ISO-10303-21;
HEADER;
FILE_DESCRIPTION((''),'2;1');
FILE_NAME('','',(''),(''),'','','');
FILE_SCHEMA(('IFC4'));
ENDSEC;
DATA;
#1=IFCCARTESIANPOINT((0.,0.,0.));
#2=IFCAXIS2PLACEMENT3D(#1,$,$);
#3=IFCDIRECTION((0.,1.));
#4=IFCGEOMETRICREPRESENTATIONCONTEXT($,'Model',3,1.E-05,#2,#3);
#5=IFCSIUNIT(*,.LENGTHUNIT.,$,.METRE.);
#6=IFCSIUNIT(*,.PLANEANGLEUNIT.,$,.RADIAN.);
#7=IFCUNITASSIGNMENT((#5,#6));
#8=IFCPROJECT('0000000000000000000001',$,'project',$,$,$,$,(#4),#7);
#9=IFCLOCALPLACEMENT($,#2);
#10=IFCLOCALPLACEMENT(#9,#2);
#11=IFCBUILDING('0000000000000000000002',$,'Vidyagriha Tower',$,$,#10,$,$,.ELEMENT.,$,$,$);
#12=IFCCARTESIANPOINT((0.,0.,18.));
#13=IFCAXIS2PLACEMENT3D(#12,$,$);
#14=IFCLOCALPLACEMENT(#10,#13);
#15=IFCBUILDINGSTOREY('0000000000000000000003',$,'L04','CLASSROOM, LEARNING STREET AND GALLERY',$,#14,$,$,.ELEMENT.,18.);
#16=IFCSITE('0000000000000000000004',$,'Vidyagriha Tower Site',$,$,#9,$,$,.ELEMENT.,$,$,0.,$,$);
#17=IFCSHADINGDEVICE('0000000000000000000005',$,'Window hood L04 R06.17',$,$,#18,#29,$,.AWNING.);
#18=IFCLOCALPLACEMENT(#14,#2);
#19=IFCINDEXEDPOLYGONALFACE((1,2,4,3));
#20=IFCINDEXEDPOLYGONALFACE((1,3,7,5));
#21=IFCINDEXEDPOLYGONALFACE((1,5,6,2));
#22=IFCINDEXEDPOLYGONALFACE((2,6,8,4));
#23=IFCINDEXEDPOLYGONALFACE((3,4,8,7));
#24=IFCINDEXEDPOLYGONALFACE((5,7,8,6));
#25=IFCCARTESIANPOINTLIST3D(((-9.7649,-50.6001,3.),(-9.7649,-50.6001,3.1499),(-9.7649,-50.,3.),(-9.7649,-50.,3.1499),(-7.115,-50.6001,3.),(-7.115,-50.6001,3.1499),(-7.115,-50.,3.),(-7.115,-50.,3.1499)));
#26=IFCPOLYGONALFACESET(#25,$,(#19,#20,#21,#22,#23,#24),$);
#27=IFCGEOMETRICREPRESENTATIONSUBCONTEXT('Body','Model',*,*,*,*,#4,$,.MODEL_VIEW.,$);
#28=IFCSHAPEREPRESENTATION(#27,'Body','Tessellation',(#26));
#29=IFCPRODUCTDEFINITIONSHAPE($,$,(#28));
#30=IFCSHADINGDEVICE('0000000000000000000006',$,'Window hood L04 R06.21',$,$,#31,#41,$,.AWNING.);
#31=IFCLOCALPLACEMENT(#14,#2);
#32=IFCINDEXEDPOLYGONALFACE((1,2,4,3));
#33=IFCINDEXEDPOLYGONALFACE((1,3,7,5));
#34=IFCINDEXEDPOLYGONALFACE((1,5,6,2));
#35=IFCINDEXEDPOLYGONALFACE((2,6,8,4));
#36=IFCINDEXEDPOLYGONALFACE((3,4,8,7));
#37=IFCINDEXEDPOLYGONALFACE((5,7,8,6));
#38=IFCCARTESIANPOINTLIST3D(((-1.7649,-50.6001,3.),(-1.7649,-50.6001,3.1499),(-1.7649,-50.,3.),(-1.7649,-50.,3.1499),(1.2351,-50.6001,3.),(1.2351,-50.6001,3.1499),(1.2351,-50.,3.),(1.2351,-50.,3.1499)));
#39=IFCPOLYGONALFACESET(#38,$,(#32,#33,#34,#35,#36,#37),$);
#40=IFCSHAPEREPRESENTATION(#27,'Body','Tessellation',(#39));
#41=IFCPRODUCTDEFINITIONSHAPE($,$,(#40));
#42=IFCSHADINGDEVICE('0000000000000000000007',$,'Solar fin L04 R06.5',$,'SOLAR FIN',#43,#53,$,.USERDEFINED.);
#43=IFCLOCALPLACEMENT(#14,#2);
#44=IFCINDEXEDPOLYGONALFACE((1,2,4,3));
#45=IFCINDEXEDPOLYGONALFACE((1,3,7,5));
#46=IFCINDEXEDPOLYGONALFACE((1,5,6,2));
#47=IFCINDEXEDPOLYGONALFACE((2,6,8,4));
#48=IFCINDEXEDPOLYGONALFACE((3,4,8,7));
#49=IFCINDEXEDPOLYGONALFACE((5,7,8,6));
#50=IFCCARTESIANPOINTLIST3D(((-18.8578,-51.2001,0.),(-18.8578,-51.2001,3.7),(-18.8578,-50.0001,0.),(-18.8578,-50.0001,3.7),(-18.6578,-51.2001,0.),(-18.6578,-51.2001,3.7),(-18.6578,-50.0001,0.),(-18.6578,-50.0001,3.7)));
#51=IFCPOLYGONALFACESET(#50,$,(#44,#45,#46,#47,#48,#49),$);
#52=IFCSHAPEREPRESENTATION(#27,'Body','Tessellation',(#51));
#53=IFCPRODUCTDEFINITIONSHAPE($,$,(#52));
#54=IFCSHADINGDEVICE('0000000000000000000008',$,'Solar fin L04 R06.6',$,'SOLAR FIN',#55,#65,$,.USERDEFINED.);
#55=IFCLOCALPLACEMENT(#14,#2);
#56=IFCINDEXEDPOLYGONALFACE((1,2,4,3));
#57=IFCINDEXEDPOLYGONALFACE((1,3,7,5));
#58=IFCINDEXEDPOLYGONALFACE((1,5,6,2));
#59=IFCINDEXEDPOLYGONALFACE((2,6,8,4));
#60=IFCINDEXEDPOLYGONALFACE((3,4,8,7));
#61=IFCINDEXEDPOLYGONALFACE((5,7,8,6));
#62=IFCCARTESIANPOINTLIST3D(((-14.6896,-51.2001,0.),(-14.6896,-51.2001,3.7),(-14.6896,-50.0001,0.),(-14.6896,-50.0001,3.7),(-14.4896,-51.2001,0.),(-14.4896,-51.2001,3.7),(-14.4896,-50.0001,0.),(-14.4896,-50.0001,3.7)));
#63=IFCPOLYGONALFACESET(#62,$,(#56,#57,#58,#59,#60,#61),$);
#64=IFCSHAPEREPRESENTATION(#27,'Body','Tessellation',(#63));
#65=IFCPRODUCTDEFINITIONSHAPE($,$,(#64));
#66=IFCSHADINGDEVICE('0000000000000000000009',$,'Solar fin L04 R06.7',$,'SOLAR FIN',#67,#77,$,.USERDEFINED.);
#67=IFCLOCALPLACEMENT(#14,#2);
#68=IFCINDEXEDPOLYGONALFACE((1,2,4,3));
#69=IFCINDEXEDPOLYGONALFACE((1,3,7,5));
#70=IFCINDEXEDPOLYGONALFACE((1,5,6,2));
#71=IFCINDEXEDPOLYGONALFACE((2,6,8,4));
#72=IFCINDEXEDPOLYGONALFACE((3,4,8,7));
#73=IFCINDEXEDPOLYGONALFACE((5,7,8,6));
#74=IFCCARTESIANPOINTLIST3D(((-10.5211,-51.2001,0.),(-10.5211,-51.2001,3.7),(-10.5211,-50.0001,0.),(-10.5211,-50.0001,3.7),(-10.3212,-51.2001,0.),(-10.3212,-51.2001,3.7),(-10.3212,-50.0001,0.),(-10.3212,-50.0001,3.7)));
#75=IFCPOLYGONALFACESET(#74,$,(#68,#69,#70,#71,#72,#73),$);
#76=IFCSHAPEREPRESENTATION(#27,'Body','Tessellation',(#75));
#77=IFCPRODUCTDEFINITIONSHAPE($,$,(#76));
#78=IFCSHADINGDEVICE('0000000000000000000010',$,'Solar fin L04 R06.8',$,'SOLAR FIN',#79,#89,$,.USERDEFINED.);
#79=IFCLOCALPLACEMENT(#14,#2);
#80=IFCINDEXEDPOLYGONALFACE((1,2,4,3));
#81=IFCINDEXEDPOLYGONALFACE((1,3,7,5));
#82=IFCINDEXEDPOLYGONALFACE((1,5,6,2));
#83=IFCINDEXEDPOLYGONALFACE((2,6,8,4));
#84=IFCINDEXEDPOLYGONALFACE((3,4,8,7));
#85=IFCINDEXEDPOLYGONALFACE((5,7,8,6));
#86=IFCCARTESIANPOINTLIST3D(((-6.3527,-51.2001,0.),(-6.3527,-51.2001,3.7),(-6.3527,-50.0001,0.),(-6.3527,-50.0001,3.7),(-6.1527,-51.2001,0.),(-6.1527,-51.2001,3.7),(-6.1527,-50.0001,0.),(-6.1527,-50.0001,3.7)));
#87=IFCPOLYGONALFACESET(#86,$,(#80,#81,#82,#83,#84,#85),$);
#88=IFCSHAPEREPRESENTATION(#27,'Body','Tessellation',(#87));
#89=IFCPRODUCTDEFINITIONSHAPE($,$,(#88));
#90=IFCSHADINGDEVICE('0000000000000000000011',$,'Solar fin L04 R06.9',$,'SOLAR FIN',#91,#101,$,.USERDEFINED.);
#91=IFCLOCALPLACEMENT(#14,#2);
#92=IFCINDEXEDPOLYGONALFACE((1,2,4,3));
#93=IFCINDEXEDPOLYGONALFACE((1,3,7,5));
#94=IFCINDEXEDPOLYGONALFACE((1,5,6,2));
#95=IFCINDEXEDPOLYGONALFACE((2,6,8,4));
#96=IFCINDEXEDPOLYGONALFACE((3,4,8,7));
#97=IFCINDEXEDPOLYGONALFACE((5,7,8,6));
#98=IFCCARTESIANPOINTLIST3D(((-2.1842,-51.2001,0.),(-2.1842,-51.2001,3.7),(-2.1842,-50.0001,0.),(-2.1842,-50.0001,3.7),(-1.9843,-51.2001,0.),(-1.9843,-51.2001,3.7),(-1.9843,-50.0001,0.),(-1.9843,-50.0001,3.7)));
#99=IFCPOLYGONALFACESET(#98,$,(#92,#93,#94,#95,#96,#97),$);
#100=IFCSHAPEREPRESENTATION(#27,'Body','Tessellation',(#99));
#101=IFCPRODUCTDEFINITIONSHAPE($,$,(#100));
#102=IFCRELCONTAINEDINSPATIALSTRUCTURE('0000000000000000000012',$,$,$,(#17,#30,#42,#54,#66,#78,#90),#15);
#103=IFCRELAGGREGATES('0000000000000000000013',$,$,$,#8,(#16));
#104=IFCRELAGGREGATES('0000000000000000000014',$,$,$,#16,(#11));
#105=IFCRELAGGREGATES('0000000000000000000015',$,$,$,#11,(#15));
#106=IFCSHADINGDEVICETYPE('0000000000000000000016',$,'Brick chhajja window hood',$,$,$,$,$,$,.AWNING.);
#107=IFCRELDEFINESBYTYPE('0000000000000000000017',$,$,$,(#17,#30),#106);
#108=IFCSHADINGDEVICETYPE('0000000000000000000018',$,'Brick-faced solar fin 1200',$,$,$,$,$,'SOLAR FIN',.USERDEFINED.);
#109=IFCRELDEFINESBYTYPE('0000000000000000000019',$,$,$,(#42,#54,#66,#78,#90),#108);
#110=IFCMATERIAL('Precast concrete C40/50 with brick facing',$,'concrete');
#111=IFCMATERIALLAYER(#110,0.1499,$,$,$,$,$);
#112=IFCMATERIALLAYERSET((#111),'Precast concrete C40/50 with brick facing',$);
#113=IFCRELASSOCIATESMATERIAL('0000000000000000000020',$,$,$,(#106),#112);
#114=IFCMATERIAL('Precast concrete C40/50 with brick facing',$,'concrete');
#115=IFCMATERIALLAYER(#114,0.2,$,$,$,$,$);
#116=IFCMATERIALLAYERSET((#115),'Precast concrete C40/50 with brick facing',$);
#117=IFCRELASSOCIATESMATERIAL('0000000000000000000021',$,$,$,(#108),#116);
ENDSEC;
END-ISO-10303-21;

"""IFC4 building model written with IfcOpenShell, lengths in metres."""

from ifc_helpers import new_model, si_unit, direction, frame, frame_2d, origin, origin_2d, place, context, subcontext, project, spatial, rectangle, extrude, material, layer, layer_set, type_object, element, save


model = new_model("IFC4")

# Units and contexts
model_context = context("Model", 3, precision=1e-05, world=origin(), true_north=direction((0.0, 1.0)))
body_context = subcontext(model_context, "Body", "Model", "MODEL_VIEW")
ifc_project = project(units=[si_unit("LENGTHUNIT", "METRE"), si_unit("PLANEANGLEUNIT", "RADIAN")], contexts=[model_context])

# Site, building, storey
site_placement = place(None, origin())
site = spatial("IfcSite", under=ifc_project, at=site_placement, Name="Vidyagriha Tower Site", CompositionType="ELEMENT", RefElevation=0.0)
building_placement = place(site_placement, origin())
building = spatial("IfcBuilding", under=site, at=building_placement, Name="Vidyagriha Tower", CompositionType="ELEMENT")
storey_placement = place(building_placement, frame((0.0, 0.0, 18.0)))
storey = spatial("IfcBuildingStorey", under=building, at=storey_placement, Name="L04", Description="CLASSROOM, LEARNING STREET AND GALLERY", CompositionType="ELEMENT", Elevation=18.0)

# Shading devices
ifc_material_1 = material(Name="Precast concrete C40/50 with brick facing", Category="concrete")
ifc_layer_1 = layer(ifc_material_1, 0.1499)
ifc_layer_set_1 = layer_set([ifc_layer_1], Name="Precast concrete C40/50 with brick facing")
shading_device_type_1 = type_object("IfcShadingDeviceType", Name="Brick chhajja window hood", PredefinedType="AWNING", material=ifc_layer_set_1)
shading_device_1_placement = place(storey_placement, frame((-8.4399, -50.3, 3.0)))
element("IfcShadingDevice", 1, at=shading_device_1_placement, inside=storey, type_object=shading_device_type_1, Name="Window hood L04 R06.17", PredefinedType="AWNING", context=body_context, shape_type="SweptSolid", body=[
    extrude(rectangle(XDim=2.6499, YDim=0.6001, at=origin_2d()), origin(), (0.0, 0.0, 1.0), 0.1499),
])
shading_device_2_placement = place(storey_placement, frame((-0.2649, -50.3, 3.0)))
element("IfcShadingDevice", 2, at=shading_device_2_placement, inside=storey, type_object=shading_device_type_1, Name="Window hood L04 R06.21", PredefinedType="AWNING", context=body_context, shape_type="SweptSolid", body=[
    extrude(rectangle(XDim=3.0, YDim=0.6001, at=origin_2d()), origin(), (0.0, 0.0, 1.0), 0.1499),
])
ifc_material_2 = material(Name="Precast concrete C40/50 with brick facing", Category="concrete")
ifc_layer_2 = layer(ifc_material_2, 0.2)
ifc_layer_set_2 = layer_set([ifc_layer_2], Name="Precast concrete C40/50 with brick facing")
shading_device_type_2 = type_object("IfcShadingDeviceType", Name="Brick-faced solar fin 1200", ElementType="SOLAR FIN", PredefinedType="USERDEFINED", material=ifc_layer_set_2)
for number, where, z_axis, x_axis, name in (
    (3, (-18.7578, -50.0, 0.0), (0.0, 0.0, 1.0), (0.0, -1.0, 0.0), "Solar fin L04 R06.5"),
    (4, (-14.5896, -50.0, 0.0), (0.0, 0.0, 1.0), (0.0, -1.0, 0.0), "Solar fin L04 R06.6"),
    (5, (-10.4211, -50.0, 0.0), (0.0, 0.0, 1.0), (0.0, -1.0, 0.0), "Solar fin L04 R06.7"),
    (6, (-6.2527, -50.0, 0.0), (0.0, 0.0, 1.0), (0.0, -1.0, 0.0), "Solar fin L04 R06.8"),
    (7, (-2.0842, -50.0, 0.0), (0.0, 0.0, 1.0), (0.0, -1.0, 0.0), "Solar fin L04 R06.9"),
):
    element("IfcShadingDevice", number, at=place(storey_placement, frame(where, z_axis=z_axis, x_axis=x_axis)), inside=storey, type_object=shading_device_type_2, Name=name, ObjectType="SOLAR FIN", PredefinedType="USERDEFINED", context=body_context, shape_type="SweptSolid", body=[
        extrude(rectangle(XDim=1.2, YDim=0.2, at=frame_2d((0.6001, 0.0))), origin(), (0.0, 0.0, 1.0), 3.7),
    ])

save(model, "model.ifc")
